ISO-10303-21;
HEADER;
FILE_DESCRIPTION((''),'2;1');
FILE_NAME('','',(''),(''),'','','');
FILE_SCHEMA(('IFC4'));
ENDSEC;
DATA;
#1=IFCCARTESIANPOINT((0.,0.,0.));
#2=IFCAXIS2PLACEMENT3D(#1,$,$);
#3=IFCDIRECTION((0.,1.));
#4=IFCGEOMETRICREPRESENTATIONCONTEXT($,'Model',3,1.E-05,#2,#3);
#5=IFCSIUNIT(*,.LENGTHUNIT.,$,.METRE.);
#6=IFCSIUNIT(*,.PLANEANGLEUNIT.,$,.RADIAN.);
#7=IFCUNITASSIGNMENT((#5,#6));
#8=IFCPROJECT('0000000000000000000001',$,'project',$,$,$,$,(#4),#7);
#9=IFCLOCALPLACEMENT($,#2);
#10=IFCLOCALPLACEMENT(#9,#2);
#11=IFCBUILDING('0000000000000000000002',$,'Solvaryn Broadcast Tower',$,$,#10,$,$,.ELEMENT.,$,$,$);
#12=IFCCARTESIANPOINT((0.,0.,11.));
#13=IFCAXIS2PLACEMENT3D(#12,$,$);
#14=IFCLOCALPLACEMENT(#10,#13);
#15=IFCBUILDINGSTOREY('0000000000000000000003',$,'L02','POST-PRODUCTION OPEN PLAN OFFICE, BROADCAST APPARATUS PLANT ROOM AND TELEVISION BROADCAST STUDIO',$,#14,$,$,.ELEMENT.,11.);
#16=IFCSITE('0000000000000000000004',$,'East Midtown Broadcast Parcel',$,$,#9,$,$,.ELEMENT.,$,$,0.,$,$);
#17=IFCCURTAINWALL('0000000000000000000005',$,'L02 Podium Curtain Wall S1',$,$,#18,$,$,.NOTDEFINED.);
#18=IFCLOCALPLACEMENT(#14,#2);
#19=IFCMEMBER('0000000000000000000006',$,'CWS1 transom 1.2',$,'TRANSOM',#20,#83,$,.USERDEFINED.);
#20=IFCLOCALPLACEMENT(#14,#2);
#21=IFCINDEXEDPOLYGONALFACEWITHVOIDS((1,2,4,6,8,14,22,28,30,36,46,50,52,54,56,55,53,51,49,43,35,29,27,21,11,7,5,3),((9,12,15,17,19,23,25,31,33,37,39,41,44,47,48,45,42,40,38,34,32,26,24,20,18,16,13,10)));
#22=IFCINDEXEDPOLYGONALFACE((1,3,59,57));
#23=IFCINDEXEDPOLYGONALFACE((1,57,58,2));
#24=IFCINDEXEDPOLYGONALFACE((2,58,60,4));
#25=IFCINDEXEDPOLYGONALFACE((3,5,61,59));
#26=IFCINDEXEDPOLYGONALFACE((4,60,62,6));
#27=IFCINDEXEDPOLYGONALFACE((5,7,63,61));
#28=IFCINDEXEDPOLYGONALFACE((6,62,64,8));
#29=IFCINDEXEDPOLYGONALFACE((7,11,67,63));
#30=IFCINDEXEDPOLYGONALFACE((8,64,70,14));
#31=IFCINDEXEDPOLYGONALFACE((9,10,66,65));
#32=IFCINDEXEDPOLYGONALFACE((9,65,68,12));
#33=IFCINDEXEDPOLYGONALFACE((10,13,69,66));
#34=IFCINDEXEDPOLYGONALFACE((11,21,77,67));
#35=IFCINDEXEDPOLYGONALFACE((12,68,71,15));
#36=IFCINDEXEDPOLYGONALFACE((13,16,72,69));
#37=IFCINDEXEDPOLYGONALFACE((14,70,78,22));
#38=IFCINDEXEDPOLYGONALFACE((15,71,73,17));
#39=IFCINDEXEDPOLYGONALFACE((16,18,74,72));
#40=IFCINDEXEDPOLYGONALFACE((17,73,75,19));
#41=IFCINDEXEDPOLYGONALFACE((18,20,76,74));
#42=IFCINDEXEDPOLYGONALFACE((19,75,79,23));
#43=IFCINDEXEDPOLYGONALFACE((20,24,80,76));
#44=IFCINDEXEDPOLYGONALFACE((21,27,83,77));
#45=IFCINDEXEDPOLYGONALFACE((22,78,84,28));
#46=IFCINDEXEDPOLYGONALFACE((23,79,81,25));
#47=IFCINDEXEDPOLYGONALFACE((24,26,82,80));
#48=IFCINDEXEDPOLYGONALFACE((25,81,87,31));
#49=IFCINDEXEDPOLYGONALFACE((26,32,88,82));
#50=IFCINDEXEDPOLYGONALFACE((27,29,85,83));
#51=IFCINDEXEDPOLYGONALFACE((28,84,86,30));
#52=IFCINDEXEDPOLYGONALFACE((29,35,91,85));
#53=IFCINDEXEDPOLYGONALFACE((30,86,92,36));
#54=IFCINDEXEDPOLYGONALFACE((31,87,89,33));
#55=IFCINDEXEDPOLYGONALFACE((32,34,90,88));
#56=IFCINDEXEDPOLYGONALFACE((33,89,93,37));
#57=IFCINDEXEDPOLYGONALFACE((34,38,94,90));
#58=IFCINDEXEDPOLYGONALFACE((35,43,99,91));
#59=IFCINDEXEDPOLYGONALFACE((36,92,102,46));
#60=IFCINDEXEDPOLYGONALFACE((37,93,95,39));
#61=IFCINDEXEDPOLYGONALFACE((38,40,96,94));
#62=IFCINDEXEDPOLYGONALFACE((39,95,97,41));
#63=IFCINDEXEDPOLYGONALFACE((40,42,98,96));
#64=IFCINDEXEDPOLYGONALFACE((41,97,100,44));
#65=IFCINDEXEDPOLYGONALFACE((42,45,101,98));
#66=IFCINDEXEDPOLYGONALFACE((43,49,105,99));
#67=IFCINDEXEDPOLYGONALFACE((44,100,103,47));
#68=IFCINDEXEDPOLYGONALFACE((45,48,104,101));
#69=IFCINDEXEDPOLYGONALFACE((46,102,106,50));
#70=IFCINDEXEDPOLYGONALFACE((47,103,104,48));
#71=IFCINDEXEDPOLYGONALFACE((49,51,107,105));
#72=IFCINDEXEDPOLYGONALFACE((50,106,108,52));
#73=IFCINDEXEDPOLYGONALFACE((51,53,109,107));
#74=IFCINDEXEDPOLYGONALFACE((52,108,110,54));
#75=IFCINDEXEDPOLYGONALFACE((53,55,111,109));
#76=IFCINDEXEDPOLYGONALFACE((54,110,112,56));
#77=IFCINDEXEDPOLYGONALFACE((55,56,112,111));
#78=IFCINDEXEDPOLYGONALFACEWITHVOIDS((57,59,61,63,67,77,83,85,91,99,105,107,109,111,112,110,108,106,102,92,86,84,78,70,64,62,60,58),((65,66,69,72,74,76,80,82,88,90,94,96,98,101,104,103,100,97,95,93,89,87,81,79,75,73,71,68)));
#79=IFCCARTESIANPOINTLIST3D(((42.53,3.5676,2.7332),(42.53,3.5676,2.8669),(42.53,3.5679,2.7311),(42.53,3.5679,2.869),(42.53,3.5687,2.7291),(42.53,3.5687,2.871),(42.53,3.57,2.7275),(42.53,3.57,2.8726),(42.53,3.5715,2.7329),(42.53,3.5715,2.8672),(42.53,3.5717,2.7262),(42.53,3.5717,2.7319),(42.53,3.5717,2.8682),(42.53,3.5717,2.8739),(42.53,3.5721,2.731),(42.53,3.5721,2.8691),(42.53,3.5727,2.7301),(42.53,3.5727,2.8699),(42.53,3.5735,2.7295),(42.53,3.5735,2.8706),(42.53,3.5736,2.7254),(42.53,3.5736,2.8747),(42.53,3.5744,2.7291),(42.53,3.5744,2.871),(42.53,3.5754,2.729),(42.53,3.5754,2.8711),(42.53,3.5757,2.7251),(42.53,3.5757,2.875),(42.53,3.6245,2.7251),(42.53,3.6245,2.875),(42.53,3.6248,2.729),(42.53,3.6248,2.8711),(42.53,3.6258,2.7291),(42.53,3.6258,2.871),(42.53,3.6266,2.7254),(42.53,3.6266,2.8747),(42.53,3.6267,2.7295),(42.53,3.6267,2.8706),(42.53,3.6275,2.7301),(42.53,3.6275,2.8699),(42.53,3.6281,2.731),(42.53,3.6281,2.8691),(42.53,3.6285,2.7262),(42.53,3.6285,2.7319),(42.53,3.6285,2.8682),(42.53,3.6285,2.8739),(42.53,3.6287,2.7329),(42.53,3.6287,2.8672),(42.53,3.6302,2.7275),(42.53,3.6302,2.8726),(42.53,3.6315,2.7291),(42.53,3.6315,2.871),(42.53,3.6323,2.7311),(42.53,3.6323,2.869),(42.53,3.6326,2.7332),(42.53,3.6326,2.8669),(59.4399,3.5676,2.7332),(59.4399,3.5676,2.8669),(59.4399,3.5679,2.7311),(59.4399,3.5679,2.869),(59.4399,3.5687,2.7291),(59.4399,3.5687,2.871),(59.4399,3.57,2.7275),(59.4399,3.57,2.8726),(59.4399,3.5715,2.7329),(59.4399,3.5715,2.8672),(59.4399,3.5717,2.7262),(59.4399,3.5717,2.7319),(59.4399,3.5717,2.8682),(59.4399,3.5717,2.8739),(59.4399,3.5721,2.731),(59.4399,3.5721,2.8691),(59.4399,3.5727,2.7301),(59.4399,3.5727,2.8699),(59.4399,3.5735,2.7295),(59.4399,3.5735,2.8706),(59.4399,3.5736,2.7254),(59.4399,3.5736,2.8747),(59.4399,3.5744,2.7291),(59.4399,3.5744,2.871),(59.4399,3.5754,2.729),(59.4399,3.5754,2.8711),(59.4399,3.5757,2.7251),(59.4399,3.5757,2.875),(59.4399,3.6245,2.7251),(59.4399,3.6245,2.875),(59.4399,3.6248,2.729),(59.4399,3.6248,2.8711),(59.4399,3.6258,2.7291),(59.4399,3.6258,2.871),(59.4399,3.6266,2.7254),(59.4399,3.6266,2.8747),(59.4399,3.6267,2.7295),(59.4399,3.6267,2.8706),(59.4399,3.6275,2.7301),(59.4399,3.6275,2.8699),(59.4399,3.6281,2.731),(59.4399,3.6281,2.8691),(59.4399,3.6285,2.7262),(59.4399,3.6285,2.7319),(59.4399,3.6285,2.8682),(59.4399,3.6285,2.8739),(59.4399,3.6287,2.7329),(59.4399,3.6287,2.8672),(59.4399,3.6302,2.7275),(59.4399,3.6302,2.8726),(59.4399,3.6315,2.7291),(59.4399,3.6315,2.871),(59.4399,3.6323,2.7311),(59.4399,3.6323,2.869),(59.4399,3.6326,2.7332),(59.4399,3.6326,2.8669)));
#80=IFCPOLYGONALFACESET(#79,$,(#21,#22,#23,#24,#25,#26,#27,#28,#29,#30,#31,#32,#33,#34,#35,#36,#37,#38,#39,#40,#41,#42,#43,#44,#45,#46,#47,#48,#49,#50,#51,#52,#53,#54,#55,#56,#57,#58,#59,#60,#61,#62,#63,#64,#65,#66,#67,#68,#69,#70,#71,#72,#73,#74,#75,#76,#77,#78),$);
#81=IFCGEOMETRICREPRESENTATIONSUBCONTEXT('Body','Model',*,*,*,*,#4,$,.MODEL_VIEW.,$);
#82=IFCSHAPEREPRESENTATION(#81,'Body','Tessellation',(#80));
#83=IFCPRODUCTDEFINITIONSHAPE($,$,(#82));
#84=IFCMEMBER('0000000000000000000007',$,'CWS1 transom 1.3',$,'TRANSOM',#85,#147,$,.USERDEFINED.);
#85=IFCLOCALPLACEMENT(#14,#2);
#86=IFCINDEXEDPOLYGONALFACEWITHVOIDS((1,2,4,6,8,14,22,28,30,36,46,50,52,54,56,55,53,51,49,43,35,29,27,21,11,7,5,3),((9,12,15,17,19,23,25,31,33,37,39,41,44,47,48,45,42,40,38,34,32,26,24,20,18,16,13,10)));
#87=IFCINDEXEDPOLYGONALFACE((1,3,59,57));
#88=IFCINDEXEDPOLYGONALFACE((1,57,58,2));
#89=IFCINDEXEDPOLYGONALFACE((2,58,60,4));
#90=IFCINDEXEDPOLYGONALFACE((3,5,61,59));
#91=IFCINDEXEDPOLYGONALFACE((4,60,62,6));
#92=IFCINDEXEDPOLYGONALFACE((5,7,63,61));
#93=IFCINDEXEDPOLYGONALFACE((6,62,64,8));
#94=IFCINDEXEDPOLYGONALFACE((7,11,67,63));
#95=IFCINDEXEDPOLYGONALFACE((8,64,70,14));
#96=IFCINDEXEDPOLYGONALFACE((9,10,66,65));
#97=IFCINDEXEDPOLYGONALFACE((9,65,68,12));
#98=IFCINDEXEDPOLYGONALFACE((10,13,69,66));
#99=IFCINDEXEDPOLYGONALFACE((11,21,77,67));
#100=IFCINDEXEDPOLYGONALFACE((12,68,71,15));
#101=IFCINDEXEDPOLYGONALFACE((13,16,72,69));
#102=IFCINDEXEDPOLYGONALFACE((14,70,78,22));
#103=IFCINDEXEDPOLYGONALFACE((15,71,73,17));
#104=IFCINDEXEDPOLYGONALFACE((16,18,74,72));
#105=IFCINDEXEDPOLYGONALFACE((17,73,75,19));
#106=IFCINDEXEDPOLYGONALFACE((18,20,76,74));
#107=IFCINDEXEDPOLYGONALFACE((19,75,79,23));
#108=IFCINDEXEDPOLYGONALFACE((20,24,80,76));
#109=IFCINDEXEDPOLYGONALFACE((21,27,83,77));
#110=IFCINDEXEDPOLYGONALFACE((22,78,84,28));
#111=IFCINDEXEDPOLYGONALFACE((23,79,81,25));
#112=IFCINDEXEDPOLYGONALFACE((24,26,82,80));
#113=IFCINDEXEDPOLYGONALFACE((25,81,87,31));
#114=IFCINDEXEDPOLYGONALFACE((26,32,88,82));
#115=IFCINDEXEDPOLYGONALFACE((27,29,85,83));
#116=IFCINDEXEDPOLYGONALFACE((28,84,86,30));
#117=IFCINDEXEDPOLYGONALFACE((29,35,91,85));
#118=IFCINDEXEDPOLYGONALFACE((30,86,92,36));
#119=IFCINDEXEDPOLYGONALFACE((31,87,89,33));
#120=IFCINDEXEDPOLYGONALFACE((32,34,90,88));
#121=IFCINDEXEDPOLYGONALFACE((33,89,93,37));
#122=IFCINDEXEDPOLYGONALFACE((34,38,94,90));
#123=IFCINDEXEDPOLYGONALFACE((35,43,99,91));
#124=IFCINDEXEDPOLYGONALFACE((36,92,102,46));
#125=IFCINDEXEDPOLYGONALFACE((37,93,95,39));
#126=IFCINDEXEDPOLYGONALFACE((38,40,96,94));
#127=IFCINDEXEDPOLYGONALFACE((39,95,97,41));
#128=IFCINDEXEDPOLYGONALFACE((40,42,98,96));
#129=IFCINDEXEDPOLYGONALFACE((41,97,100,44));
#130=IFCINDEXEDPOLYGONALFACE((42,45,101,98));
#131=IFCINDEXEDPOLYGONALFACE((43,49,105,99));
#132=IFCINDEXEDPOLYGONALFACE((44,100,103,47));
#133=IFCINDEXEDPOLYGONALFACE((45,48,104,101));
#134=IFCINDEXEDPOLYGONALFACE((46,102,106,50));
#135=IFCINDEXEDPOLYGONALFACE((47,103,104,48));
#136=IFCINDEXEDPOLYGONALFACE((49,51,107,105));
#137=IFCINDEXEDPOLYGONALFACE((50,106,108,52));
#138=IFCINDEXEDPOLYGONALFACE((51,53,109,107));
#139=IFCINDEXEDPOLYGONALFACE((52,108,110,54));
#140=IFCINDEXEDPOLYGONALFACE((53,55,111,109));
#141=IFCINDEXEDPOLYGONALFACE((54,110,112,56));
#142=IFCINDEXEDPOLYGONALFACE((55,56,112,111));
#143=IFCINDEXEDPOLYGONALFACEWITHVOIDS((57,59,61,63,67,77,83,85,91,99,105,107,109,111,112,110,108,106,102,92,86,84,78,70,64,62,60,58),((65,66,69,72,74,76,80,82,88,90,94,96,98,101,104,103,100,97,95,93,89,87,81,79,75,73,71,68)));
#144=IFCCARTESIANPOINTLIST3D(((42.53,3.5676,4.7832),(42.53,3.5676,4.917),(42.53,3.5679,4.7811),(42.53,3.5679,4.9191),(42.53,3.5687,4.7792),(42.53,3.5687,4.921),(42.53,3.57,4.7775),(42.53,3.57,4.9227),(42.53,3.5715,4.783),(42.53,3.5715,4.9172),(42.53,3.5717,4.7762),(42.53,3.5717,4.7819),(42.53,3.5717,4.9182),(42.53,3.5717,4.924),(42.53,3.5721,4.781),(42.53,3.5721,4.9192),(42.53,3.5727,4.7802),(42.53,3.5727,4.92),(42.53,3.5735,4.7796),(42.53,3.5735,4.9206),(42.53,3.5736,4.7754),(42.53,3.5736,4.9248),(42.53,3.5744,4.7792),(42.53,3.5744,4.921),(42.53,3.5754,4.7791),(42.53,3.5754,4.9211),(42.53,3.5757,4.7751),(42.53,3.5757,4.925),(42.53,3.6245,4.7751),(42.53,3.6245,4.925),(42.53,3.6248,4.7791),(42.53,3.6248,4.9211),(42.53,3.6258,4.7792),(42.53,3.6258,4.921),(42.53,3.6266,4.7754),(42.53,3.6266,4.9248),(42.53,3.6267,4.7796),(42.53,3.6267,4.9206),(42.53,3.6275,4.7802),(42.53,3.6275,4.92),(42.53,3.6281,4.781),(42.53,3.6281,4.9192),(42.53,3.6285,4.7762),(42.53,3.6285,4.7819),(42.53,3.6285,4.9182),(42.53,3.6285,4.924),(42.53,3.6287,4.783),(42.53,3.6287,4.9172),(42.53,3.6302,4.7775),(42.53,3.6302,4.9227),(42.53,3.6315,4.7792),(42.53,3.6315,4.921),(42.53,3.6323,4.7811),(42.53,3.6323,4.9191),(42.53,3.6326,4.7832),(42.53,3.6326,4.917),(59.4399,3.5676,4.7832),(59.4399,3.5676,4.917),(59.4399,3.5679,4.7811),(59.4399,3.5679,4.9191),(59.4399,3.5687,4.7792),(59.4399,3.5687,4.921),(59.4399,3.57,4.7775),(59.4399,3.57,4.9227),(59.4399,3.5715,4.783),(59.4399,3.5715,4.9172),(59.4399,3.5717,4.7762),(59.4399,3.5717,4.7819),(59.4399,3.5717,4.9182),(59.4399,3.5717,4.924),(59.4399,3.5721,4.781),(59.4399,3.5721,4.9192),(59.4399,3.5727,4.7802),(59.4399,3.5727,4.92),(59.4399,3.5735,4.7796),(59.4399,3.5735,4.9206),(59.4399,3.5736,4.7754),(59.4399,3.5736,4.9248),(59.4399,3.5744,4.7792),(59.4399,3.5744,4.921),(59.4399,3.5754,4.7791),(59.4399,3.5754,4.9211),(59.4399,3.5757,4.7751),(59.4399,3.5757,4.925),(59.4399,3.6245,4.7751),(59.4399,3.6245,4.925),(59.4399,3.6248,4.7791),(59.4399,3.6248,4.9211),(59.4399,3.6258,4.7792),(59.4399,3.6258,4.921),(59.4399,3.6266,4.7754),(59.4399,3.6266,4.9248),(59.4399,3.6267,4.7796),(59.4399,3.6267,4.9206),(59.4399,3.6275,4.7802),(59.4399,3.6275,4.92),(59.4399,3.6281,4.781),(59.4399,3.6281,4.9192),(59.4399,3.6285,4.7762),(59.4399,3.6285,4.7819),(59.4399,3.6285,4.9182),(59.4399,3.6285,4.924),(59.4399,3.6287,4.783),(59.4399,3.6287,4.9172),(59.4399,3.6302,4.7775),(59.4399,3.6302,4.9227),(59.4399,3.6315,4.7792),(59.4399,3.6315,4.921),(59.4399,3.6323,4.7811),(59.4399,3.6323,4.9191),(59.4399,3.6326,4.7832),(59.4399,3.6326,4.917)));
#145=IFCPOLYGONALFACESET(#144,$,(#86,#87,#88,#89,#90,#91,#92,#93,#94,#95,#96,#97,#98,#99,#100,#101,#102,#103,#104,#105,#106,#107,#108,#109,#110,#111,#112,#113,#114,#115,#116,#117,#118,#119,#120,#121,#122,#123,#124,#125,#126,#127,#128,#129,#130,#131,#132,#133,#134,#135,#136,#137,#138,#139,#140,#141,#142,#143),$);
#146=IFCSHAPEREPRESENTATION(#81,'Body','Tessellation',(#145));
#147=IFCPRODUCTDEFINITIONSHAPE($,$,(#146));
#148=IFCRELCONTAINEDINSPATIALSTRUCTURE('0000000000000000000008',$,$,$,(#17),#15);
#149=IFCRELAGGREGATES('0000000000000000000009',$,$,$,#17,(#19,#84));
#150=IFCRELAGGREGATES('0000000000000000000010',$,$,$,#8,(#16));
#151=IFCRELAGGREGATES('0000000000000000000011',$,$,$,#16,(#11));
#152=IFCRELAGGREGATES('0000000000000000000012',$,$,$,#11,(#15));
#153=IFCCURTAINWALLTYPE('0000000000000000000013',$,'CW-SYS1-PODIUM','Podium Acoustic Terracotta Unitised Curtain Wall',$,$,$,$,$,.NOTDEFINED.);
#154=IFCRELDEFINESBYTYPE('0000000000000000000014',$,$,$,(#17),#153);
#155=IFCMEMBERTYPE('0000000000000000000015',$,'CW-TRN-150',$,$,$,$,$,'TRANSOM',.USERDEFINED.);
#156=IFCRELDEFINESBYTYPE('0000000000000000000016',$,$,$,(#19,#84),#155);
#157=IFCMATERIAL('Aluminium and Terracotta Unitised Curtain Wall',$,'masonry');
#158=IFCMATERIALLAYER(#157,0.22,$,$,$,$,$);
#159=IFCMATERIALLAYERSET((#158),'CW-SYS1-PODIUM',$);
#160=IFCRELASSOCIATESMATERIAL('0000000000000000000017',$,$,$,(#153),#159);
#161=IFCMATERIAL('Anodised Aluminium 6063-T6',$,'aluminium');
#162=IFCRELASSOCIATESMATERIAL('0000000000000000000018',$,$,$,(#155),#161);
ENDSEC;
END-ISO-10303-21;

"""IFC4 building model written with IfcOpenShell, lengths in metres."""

from ifc_helpers import new_model, si_unit, direction, frame, origin, origin_2d, place, context, subcontext, project, spatial, hollow_rectangle, extrude, material, layer, layer_set, material_profile, profile_set, type_object, element, aggregate, save


model = new_model("IFC4")

# Units and contexts
model_context = context("Model", 3, precision=1e-05, world=origin(), true_north=direction((0.0, 1.0)))
body_context = subcontext(model_context, "Body", "Model", "MODEL_VIEW")
ifc_project = project(units=[si_unit("LENGTHUNIT", "METRE"), si_unit("PLANEANGLEUNIT", "RADIAN")], contexts=[model_context])

# Site, building, storey
site_placement = place(None, origin())
site = spatial("IfcSite", under=ifc_project, at=site_placement, Name="East Midtown Broadcast Parcel", CompositionType="ELEMENT", RefElevation=0.0)
building_placement = place(site_placement, origin())
building = spatial("IfcBuilding", under=site, at=building_placement, Name="Solvaryn Broadcast Tower", CompositionType="ELEMENT")
storey_placement = place(building_placement, frame((0.0, 0.0, 11.0)))
storey = spatial("IfcBuildingStorey", under=building, at=storey_placement, Name="L02", Description="POST-PRODUCTION OPEN PLAN OFFICE, BROADCAST APPARATUS PLANT ROOM AND TELEVISION BROADCAST STUDIO", CompositionType="ELEMENT", Elevation=11.0)

# Curtain wall
ifc_material_1 = material(Name="Aluminium and Terracotta Unitised Curtain Wall", Category="masonry")
ifc_layer_1 = layer(ifc_material_1, 0.22)
ifc_layer_set_1 = layer_set([ifc_layer_1], Name="CW-SYS1-PODIUM")
curtain_wall_type = type_object("IfcCurtainWallType", Name="CW-SYS1-PODIUM", Description="Podium Acoustic Terracotta Unitised Curtain Wall", PredefinedType="NOTDEFINED", material=ifc_layer_set_1)
curtain_wall_1_placement = place(storey_placement, origin())
curtain_wall_1 = element("IfcCurtainWall", 1, at=curtain_wall_1_placement, inside=storey, type_object=curtain_wall_type, Name="L02 Podium Curtain Wall S1", PredefinedType="NOTDEFINED")

# Members
ifc_material_2 = material(Name="Anodised Aluminium 6063-T6", Category="aluminium")
ifc_material_profile_1 = material_profile(ifc_material_2, hollow_rectangle(XDim=0.0649, YDim=0.1499, WallThickness=0.0039, InnerFilletRadius=0.0039, OuterFilletRadius=0.0081, at=origin_2d()))
ifc_profile_set_1 = profile_set([ifc_material_profile_1], Name="Anodised Aluminium 6063-T6")
member_type_1 = type_object("IfcMemberType", Name="CW-TRN-150", ElementType="TRANSOM", PredefinedType="USERDEFINED", material=ifc_profile_set_1)
member_1_placement = place(storey_placement, frame((59.4399, 3.6001, 2.8), z_axis=(-1.0, 0.0, 0.0), x_axis=(0.0, -1.0, 0.0)))
member_1 = element("IfcMember", 2, at=member_1_placement, type_object=member_type_1, Name="CWS1 transom 1.2", ObjectType="TRANSOM", PredefinedType="USERDEFINED", context=body_context, shape_type="SweptSolid", body=[
    extrude(hollow_rectangle(XDim=0.0649, YDim=0.1499, WallThickness=0.0039, InnerFilletRadius=0.0039, OuterFilletRadius=0.0081, at=origin_2d()), origin(), (0.0, 0.0, 1.0), 16.9099),
])
member_2_placement = place(storey_placement, frame((59.4399, 3.6001, 4.8501), z_axis=(-1.0, 0.0, 0.0), x_axis=(0.0, -1.0, 0.0)))
member_2 = element("IfcMember", 3, at=member_2_placement, type_object=member_type_1, Name="CWS1 transom 1.3", ObjectType="TRANSOM", PredefinedType="USERDEFINED", context=body_context, shape_type="SweptSolid", body=[
    extrude(hollow_rectangle(XDim=0.0649, YDim=0.1499, WallThickness=0.0039, InnerFilletRadius=0.0039, OuterFilletRadius=0.0081, at=origin_2d()), origin(), (0.0, 0.0, 1.0), 16.9099),
])
aggregate(curtain_wall_1, [member_1, member_2])

save(model, "model.ifc")
